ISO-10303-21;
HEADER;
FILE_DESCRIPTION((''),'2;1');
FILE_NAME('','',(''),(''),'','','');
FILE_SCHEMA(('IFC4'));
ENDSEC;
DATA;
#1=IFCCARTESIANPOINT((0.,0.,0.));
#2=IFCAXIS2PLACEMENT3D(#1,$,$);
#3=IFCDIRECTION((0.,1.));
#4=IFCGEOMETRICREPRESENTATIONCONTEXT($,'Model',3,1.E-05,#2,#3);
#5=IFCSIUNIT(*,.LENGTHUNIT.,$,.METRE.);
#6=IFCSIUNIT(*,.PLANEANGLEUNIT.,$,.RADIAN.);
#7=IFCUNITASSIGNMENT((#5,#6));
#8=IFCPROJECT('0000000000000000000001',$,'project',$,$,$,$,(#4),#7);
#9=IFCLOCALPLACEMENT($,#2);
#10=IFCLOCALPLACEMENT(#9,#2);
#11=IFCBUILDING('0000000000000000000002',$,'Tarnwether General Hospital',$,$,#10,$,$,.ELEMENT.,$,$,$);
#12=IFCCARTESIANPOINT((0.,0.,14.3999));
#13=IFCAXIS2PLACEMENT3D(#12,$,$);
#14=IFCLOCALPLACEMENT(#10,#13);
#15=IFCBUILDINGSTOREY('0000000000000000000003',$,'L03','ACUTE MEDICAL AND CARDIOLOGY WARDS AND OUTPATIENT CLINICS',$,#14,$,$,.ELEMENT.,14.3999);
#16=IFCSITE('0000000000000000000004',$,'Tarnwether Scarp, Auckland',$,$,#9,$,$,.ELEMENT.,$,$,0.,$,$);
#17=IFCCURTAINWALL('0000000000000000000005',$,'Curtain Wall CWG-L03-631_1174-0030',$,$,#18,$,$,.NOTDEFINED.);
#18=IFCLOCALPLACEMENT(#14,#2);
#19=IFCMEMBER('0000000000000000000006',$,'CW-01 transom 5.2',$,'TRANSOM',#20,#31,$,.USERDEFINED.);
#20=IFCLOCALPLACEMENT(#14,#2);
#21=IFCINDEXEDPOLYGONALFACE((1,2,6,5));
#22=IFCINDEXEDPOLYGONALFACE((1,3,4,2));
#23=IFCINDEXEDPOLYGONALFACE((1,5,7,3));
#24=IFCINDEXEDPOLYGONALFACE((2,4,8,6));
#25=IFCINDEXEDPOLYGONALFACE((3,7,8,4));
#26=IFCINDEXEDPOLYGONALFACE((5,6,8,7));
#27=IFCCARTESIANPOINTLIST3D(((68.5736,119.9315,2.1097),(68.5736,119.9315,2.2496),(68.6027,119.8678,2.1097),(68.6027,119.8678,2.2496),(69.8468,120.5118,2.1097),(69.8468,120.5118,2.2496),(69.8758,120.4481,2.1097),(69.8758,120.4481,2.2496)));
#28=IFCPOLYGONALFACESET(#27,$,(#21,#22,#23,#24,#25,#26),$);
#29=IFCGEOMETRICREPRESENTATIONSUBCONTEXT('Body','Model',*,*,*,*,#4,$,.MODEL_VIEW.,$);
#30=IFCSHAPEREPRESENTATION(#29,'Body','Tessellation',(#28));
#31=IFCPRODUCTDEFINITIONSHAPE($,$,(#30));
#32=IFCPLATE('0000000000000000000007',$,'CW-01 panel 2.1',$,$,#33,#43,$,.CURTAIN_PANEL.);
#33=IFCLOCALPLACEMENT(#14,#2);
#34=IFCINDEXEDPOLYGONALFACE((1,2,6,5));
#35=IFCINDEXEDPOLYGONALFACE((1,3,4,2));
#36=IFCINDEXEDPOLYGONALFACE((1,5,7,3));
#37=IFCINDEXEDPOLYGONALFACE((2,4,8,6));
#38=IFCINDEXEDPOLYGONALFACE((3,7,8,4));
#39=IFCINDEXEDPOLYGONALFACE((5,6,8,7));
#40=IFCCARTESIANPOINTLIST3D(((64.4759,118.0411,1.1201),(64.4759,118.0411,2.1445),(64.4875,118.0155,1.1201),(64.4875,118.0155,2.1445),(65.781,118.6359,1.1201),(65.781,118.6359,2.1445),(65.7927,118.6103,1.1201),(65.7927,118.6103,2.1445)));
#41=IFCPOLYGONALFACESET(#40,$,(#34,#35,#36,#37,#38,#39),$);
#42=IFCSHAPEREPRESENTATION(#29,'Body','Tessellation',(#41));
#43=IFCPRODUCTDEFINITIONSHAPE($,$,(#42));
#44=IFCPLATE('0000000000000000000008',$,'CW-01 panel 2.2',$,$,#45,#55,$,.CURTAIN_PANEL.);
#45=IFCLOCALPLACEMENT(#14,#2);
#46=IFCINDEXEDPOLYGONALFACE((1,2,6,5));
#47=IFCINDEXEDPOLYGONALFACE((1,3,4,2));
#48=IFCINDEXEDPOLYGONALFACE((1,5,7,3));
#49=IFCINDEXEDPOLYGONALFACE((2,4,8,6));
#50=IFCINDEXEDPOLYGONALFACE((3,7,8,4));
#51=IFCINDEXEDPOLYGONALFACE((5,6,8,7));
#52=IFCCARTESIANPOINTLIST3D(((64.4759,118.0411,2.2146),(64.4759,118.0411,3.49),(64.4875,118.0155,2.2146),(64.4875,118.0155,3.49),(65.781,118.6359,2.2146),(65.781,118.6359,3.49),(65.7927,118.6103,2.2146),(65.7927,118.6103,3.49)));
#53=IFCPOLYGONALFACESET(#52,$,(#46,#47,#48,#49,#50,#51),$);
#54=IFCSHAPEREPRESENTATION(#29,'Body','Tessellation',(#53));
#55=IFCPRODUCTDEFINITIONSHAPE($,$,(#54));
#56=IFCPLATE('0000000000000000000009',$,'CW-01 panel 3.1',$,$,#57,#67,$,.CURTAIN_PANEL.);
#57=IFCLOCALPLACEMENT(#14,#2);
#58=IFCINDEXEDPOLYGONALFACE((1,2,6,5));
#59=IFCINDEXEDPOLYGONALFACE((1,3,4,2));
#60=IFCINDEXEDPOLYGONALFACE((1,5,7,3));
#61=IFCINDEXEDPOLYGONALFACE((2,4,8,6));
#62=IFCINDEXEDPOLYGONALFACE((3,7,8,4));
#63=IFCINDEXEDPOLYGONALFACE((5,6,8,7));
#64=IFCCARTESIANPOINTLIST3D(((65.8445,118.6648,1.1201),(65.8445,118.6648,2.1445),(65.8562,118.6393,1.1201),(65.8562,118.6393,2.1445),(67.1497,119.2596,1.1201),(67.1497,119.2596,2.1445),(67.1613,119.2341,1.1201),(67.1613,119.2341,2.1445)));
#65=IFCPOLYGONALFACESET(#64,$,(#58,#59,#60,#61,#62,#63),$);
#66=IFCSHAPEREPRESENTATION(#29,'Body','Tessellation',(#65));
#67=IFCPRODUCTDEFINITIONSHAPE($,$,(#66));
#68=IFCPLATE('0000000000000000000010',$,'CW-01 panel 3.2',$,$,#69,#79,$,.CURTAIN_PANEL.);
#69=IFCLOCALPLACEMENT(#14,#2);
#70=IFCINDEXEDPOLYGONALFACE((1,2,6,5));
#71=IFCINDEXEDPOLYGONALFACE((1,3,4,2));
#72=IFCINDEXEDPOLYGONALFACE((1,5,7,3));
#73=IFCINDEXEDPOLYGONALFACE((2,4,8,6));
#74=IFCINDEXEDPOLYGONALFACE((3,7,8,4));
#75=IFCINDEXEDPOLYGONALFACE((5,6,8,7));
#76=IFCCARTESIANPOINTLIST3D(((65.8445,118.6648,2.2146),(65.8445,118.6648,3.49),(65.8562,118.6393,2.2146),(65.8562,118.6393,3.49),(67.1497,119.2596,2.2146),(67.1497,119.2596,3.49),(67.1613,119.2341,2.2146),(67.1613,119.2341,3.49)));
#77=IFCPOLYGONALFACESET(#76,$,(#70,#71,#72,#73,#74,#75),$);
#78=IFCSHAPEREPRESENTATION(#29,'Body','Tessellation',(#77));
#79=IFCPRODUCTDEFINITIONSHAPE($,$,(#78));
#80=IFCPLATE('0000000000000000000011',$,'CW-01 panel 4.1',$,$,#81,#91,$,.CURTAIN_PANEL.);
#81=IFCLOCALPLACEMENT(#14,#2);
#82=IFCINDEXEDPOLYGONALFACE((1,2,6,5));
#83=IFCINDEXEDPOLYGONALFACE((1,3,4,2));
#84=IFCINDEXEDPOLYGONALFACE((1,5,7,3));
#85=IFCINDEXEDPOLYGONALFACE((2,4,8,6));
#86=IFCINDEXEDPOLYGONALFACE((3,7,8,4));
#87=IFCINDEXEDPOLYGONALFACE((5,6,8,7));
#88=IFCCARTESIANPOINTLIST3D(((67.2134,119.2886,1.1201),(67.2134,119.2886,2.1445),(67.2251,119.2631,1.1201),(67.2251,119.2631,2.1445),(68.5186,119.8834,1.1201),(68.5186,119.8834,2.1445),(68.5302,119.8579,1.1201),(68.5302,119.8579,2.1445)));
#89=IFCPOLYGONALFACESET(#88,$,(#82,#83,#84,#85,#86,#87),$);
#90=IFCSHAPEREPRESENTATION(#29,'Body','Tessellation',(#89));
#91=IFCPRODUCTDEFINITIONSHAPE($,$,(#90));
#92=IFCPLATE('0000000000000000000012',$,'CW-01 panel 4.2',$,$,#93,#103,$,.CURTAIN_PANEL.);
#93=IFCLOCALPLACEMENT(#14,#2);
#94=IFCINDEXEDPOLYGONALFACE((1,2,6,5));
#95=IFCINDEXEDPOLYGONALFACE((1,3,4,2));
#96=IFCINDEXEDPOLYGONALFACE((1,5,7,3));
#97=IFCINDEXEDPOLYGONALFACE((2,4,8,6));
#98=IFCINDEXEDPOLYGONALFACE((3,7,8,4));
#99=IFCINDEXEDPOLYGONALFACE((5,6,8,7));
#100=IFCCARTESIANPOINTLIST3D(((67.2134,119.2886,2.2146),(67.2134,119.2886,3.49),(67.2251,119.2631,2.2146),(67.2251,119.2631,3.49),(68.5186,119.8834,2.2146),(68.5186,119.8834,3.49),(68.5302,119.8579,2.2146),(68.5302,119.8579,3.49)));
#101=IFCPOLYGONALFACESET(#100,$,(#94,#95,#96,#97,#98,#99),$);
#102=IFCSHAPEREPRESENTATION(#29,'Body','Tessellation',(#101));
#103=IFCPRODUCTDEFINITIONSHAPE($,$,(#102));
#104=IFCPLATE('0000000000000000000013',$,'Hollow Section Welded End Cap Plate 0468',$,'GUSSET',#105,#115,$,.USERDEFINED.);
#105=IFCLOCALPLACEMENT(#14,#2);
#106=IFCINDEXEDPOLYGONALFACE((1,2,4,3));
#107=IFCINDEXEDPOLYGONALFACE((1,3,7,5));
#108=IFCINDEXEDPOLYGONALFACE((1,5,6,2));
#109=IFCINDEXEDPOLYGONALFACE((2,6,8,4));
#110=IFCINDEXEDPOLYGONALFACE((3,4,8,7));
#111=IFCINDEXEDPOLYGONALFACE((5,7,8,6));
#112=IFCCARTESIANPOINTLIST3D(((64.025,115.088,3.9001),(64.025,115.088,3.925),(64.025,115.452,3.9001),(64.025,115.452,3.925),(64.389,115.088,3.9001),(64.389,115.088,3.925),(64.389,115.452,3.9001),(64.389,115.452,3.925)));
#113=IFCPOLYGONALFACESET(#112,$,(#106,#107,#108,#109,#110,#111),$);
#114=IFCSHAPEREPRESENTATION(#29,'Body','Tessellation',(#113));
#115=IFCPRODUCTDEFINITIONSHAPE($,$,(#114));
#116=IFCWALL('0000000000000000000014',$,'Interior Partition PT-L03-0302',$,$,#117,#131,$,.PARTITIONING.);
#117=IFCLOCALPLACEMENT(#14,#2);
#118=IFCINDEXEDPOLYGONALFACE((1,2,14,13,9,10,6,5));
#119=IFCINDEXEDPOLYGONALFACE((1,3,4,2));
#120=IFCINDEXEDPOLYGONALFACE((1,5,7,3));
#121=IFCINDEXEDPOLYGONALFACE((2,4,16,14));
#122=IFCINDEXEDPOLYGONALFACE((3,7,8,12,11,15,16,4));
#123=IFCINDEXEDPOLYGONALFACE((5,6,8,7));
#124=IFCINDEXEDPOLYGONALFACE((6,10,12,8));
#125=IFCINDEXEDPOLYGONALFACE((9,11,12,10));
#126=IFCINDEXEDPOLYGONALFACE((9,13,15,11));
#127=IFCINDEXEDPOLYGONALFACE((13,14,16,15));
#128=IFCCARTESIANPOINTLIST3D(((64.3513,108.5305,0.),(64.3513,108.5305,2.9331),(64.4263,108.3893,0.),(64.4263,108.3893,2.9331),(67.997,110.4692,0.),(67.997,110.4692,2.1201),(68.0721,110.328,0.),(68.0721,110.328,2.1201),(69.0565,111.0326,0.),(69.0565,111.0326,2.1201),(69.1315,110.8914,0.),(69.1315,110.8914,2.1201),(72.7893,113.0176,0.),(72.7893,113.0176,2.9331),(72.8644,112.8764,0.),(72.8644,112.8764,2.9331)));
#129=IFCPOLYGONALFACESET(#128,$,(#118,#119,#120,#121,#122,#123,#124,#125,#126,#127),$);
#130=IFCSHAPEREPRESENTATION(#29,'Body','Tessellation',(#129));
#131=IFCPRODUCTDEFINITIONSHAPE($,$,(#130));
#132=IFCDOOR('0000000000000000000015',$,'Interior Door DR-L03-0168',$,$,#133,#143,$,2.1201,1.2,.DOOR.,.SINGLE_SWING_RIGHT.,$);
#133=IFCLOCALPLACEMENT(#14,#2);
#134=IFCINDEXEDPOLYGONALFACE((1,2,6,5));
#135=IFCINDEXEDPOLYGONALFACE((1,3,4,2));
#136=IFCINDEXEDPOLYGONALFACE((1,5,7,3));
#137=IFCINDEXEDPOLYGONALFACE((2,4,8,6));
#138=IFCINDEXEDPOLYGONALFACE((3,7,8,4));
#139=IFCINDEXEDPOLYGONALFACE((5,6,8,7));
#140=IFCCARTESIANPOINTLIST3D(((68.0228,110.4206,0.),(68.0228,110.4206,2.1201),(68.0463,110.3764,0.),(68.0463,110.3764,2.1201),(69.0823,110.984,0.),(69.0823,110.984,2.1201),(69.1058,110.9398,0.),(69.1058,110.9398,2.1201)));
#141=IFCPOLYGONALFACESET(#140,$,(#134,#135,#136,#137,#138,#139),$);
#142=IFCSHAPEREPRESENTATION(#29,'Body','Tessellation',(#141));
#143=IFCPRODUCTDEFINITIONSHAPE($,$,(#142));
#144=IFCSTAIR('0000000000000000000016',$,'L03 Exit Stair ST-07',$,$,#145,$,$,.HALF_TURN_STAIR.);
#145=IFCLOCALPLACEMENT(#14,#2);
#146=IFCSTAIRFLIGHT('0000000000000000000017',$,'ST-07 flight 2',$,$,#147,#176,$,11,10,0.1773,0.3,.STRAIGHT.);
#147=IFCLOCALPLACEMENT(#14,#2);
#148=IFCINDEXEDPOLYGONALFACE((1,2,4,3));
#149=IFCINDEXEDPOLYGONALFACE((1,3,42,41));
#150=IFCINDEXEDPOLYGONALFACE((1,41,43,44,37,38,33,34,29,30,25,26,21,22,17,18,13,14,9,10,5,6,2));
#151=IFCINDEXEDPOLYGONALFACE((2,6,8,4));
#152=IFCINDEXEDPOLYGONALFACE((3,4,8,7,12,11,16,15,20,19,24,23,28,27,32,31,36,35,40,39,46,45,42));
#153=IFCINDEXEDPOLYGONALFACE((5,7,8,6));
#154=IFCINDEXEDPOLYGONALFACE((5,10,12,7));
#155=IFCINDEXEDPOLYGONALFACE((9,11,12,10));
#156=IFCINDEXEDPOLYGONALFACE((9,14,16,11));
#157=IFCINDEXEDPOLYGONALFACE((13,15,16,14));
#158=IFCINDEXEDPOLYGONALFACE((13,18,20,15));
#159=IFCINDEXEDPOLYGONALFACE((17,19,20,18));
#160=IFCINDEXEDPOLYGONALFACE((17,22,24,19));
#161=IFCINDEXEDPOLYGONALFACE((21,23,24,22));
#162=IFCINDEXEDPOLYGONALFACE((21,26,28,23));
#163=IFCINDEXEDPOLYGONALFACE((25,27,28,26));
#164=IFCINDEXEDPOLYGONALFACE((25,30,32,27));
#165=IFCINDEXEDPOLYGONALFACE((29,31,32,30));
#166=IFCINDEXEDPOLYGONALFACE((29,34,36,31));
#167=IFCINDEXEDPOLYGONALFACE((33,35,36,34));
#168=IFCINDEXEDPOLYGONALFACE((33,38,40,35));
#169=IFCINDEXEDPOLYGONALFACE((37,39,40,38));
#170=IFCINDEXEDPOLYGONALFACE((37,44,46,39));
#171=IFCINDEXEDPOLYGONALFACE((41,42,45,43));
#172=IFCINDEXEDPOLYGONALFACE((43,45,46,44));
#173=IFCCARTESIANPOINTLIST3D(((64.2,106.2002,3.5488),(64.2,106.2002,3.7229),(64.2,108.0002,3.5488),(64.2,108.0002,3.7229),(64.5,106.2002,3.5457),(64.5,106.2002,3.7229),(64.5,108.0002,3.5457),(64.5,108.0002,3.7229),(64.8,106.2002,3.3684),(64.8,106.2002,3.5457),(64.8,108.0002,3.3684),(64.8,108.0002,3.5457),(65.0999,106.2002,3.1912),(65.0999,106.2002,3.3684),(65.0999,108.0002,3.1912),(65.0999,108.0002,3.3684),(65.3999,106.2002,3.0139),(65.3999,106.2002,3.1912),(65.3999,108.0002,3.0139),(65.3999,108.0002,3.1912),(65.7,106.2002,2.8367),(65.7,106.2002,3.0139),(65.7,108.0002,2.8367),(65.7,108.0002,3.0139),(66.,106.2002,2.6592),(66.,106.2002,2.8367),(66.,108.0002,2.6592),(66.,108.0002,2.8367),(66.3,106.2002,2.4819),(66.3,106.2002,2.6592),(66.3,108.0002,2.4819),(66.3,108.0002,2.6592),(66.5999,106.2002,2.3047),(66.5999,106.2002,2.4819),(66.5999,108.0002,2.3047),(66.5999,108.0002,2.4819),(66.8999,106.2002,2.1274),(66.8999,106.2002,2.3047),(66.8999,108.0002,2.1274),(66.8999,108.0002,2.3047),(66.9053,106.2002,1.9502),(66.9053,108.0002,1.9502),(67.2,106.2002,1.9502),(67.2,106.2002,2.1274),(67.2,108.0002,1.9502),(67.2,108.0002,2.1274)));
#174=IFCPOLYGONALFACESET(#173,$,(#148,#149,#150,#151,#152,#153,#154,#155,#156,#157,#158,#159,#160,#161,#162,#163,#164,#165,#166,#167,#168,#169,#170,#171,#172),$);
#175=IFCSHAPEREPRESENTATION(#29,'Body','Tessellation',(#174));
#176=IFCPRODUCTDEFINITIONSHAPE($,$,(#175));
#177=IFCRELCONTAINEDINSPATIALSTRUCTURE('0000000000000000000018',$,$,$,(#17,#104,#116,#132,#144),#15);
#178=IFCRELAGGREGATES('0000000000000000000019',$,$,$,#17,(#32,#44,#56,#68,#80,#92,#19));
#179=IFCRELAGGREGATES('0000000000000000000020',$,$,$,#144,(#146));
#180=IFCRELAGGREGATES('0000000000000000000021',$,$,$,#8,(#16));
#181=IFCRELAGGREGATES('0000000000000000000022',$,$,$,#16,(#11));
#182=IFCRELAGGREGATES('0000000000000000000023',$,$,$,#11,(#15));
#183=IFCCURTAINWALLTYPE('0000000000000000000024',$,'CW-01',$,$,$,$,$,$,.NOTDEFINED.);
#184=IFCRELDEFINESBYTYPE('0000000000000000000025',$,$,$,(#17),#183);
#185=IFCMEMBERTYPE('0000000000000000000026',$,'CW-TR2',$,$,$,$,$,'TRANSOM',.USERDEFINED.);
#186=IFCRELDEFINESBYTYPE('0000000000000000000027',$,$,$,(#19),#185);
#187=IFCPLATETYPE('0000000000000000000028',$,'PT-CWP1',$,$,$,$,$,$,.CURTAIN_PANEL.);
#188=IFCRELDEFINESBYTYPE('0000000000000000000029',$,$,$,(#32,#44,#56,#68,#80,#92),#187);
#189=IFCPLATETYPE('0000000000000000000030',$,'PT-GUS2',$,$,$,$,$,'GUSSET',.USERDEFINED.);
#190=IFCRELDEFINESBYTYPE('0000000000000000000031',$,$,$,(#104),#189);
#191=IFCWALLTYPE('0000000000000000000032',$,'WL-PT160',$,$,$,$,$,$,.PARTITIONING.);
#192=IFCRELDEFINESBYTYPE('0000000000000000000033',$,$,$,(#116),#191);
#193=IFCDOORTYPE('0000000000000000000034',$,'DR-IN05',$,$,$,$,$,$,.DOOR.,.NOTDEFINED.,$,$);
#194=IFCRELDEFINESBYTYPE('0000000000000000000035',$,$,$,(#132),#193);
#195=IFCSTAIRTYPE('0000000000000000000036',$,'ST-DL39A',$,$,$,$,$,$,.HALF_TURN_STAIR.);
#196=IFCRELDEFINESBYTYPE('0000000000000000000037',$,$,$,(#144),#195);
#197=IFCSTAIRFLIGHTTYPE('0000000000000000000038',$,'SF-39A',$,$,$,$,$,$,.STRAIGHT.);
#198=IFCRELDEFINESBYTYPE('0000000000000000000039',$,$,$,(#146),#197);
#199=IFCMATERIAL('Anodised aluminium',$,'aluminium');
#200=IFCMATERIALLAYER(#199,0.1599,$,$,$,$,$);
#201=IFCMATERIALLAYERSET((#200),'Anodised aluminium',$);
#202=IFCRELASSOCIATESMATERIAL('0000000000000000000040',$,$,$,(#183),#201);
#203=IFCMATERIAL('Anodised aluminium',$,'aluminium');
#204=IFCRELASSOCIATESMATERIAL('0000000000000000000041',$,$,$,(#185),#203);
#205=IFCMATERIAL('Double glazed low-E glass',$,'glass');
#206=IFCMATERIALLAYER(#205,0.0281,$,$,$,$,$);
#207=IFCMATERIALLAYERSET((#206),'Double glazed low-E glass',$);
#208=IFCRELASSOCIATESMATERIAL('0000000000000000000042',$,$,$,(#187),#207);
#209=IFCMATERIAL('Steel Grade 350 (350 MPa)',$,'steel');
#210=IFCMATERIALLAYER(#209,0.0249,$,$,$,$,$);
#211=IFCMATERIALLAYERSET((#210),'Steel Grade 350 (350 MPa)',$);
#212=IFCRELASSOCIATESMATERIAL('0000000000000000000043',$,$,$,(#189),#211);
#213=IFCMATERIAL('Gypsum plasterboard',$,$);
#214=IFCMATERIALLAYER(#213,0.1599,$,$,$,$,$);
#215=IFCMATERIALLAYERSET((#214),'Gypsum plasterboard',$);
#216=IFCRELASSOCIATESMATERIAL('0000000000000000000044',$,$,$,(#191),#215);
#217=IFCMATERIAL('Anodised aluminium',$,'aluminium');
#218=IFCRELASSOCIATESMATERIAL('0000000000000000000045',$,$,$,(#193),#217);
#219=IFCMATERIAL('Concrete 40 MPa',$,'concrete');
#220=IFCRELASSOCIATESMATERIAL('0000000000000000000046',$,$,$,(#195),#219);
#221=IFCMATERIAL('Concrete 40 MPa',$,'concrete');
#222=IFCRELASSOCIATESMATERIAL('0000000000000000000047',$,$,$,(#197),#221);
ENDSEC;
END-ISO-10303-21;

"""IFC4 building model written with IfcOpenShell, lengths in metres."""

from ifc_helpers import new_model, si_unit, direction, frame, frame_2d, origin, origin_2d, place, context, subcontext, project, spatial, polyline, rectangle, outline, extrude, material, layer, layer_set, material_profile, profile_set, type_object, element, fill, aggregate, save


model = new_model("IFC4")

# Units and contexts
model_context = context("Model", 3, precision=1e-05, world=origin(), true_north=direction((0.0, 1.0)))
body_context = subcontext(model_context, "Body", "Model", "MODEL_VIEW")
ifc_project = project(units=[si_unit("LENGTHUNIT", "METRE"), si_unit("PLANEANGLEUNIT", "RADIAN")], contexts=[model_context])

# Site, building, storey
site_placement = place(None, origin())
site = spatial("IfcSite", under=ifc_project, at=site_placement, Name="Tarnwether Scarp, Auckland", CompositionType="ELEMENT", RefElevation=0.0)
building_placement = place(site_placement, origin())
building = spatial("IfcBuilding", under=site, at=building_placement, Name="Tarnwether General Hospital", CompositionType="ELEMENT")
storey_placement = place(building_placement, frame((0.0, 0.0, 14.3999)))
storey = spatial("IfcBuildingStorey", under=building, at=storey_placement, Name="L03", Description="ACUTE MEDICAL AND CARDIOLOGY WARDS AND OUTPATIENT CLINICS", CompositionType="ELEMENT", Elevation=14.3999)

# Curtain wall, member, plates
ifc_material_1 = material(Name="Anodised aluminium", Category="aluminium")
ifc_layer_1 = layer(ifc_material_1, 0.1599)
ifc_layer_set_1 = layer_set([ifc_layer_1], Name="Anodised aluminium")
curtain_wall_type = type_object("IfcCurtainWallType", Name="CW-01", PredefinedType="NOTDEFINED", material=ifc_layer_set_1)
curtain_wall_placement = place(storey_placement, origin())
curtain_wall = element("IfcCurtainWall", 1, at=curtain_wall_placement, inside=storey, type_object=curtain_wall_type, Name="Curtain Wall CWG-L03-631_1174-0030", PredefinedType="NOTDEFINED")
ifc_material_2 = material(Name="Anodised aluminium", Category="aluminium")
ifc_material_profile_1 = material_profile(ifc_material_2, rectangle(XDim=0.0701, YDim=0.1399, at=origin_2d()), Name="ALU-TRN-70x140")
ifc_profile_set_1 = profile_set([ifc_material_profile_1], Name="Anodised aluminium")
member_type_1 = type_object("IfcMemberType", Name="CW-TR2", ElementType="TRANSOM", PredefinedType="USERDEFINED", material=ifc_profile_set_1)
member_1_placement = place(storey_placement, frame((68.5881, 119.8997, 2.1797), z_axis=(0.909936, 0.414749, 0.0), x_axis=(-0.414749, 0.909936, 0.0)))
member_1 = element("IfcMember", 2, at=member_1_placement, type_object=member_type_1, Name="CW-01 transom 5.2", ObjectType="TRANSOM", PredefinedType="USERDEFINED", context=body_context, shape_type="SweptSolid", body=[
    extrude(rectangle(XDim=0.0701, YDim=0.1399, at=origin_2d()), origin(), (0.0, 0.0, 1.0), 1.3992),
])
ifc_material_3 = material(Name="Double glazed low-E glass", Category="glass")
ifc_layer_2 = layer(ifc_material_3, 0.0281)
ifc_layer_set_2 = layer_set([ifc_layer_2], Name="Double glazed low-E glass")
plate_type_1 = type_object("IfcPlateType", Name="PT-CWP1", PredefinedType="CURTAIN_PANEL", material=ifc_layer_set_2)
plate_1_placement = place(storey_placement, frame((65.1343, 118.3257, 1.1201), z_axis=(0.0, 0.0, 1.0), x_axis=(0.909961, 0.414694, 0.0)))
plate_1 = element("IfcPlate", 3, at=plate_1_placement, type_object=plate_type_1, Name="CW-01 panel 2.1", PredefinedType="CURTAIN_PANEL", context=body_context, shape_type="SweptSolid", body=[
    extrude(rectangle(XDim=1.4343, YDim=0.0281, at=origin_2d()), origin(), (0.0, 0.0, 1.0), 1.0244),
])
plate_2_placement = place(storey_placement, frame((65.1343, 118.3257, 2.2146), z_axis=(0.0, 0.0, 1.0), x_axis=(0.909961, 0.414694, 0.0)))
plate_2 = element("IfcPlate", 4, at=plate_2_placement, type_object=plate_type_1, Name="CW-01 panel 2.2", PredefinedType="CURTAIN_PANEL", context=body_context, shape_type="SweptSolid", body=[
    extrude(rectangle(XDim=1.4343, YDim=0.0281, at=origin_2d()), origin(), (0.0, 0.0, 1.0), 1.2754),
])
plate_3_placement = place(storey_placement, frame((66.5029, 118.9495, 1.1201), z_axis=(0.0, 0.0, 1.0), x_axis=(0.909961, 0.414694, 0.0)))
plate_3 = element("IfcPlate", 5, at=plate_3_placement, type_object=plate_type_1, Name="CW-01 panel 3.1", PredefinedType="CURTAIN_PANEL", context=body_context, shape_type="SweptSolid", body=[
    extrude(rectangle(XDim=1.4343, YDim=0.0281, at=origin_2d()), origin(), (0.0, 0.0, 1.0), 1.0244),
])
plate_4_placement = place(storey_placement, frame((66.5029, 118.9495, 2.2146), z_axis=(0.0, 0.0, 1.0), x_axis=(0.909961, 0.414694, 0.0)))
plate_4 = element("IfcPlate", 6, at=plate_4_placement, type_object=plate_type_1, Name="CW-01 panel 3.2", PredefinedType="CURTAIN_PANEL", context=body_context, shape_type="SweptSolid", body=[
    extrude(rectangle(XDim=1.4343, YDim=0.0281, at=origin_2d()), origin(), (0.0, 0.0, 1.0), 1.2754),
])
plate_5_placement = place(storey_placement, frame((67.8718, 119.5732, 1.1201), z_axis=(0.0, 0.0, 1.0), x_axis=(0.909961, 0.414694, 0.0)))
plate_5 = element("IfcPlate", 7, at=plate_5_placement, type_object=plate_type_1, Name="CW-01 panel 4.1", PredefinedType="CURTAIN_PANEL", context=body_context, shape_type="SweptSolid", body=[
    extrude(rectangle(XDim=1.4343, YDim=0.0281, at=origin_2d()), origin(), (0.0, 0.0, 1.0), 1.0244),
])
plate_6_placement = place(storey_placement, frame((67.8718, 119.5732, 2.2146), z_axis=(0.0, 0.0, 1.0), x_axis=(0.909961, 0.414694, 0.0)))
plate_6 = element("IfcPlate", 8, at=plate_6_placement, type_object=plate_type_1, Name="CW-01 panel 4.2", PredefinedType="CURTAIN_PANEL", context=body_context, shape_type="SweptSolid", body=[
    extrude(rectangle(XDim=1.4343, YDim=0.0281, at=origin_2d()), origin(), (0.0, 0.0, 1.0), 1.2754),
])
aggregate(curtain_wall, [plate_1, plate_2, plate_3, plate_4, plate_5, plate_6, member_1])

# Plate
ifc_material_4 = material(Name="Steel Grade 350 (350 MPa)", Category="steel")
ifc_layer_3 = layer(ifc_material_4, 0.0249)
ifc_layer_set_3 = layer_set([ifc_layer_3], Name="Steel Grade 350 (350 MPa)")
plate_type_2 = type_object("IfcPlateType", Name="PT-GUS2", ElementType="GUSSET", PredefinedType="USERDEFINED", material=ifc_layer_set_3)
plate_7_placement = place(storey_placement, frame((64.207, 115.27, 3.9001), z_axis=(0.0, 0.0, 1.0), x_axis=(1.0, 0.0, 0.0)))
element("IfcPlate", 9, at=plate_7_placement, inside=storey, type_object=plate_type_2, Name="Hollow Section Welded End Cap Plate 0468", ObjectType="GUSSET", PredefinedType="USERDEFINED", context=body_context, shape_type="SweptSolid", body=[
    extrude(rectangle(XDim=0.364, YDim=0.364, at=origin_2d()), origin(), (0.0, 0.0, 1.0), 0.0249),
])

# Wall, opening, door
ifc_material_5 = material(Name="Gypsum plasterboard")
ifc_layer_4 = layer(ifc_material_5, 0.1599)
ifc_layer_set_4 = layer_set([ifc_layer_4], Name="Gypsum plasterboard")
wall_type = type_object("IfcWallType", Name="WL-PT160", PredefinedType="PARTITIONING", material=ifc_layer_set_4)
wall_placement = place(storey_placement, frame((64.3889, 108.46, 0.0), z_axis=(0.0, 0.0, 1.0), x_axis=(0.882926, 0.469513, 0.0)))
wall = element("IfcWall", 10, at=wall_placement, inside=storey, type_object=wall_type, Name="Interior Partition PT-L03-0302", PredefinedType="PARTITIONING", context=body_context, shape_type="SweptSolid", body=[
    extrude(rectangle(XDim=9.5569, YDim=0.1599, at=frame_2d((4.7783, 0.0))), origin(), (0.0, 0.0, 1.0), 2.9331),
])
opening_placement = place(wall_placement, frame((4.1289, 0.0, 0.0)))
opening = element("IfcOpeningElement", 11, at=opening_placement, cuts=wall, PredefinedType="OPENING", context=body_context, shape_type="SweptSolid", body=[
    extrude(rectangle(XDim=1.2, YDim=2.1201, at=frame_2d((0.6001, 1.0601))), frame((0.0, 0.0898, 0.0), z_axis=(0.0, -1.0, 0.0), x_axis=(1.0, 0.0, 0.0)), (0.0, 0.0, 1.0), 0.1799),
])
ifc_material_6 = material(Name="Anodised aluminium", Category="aluminium")
door_type = type_object("IfcDoorType", Name="DR-IN05", OperationType="NOTDEFINED", PredefinedType="DOOR", material=ifc_material_6)
door_placement = place(opening_placement, origin())
door = element("IfcDoor", 12, at=door_placement, inside=storey, type_object=door_type, Name="Interior Door DR-L03-0168", OperationType="SINGLE_SWING_RIGHT", OverallHeight=2.1201, OverallWidth=1.2, PredefinedType="DOOR", context=body_context, shape_type="SweptSolid", body=[
    extrude(rectangle(XDim=1.2, YDim=2.1201, at=frame_2d((0.6001, 1.0601))), frame((0.0, 0.0249, 0.0), z_axis=(0.0, -1.0, 0.0), x_axis=(1.0, 0.0, 0.0)), (0.0, 0.0, 1.0), 0.05),
])
fill(opening, door)

# Stair, stair flight
ifc_material_7 = material(Name="Concrete 40 MPa", Category="concrete")
stair_type = type_object("IfcStairType", Name="ST-DL39A", PredefinedType="HALF_TURN_STAIR", material=ifc_material_7)
stair_placement = place(storey_placement, origin())
stair = element("IfcStair", 13, at=stair_placement, inside=storey, type_object=stair_type, Name="L03 Exit Stair ST-07", PredefinedType="HALF_TURN_STAIR")
ifc_material_8 = material(Name="Concrete 40 MPa", Category="concrete")
stair_flight_type = type_object("IfcStairFlightType", Name="SF-39A", PredefinedType="STRAIGHT", material=ifc_material_8)
stair_flight_placement = place(storey_placement, frame((67.2, 107.1001, 1.9502), z_axis=(0.0, 0.0, 1.0), x_axis=(-1.0, 0.0, 0.0)))
stair_flight = element("IfcStairFlight", 14, at=stair_flight_placement, type_object=stair_flight_type, Name="ST-07 flight 2", NumberOfRisers=11, NumberOfTreads=10, PredefinedType="STRAIGHT", RiserHeight=0.1773, TreadLength=0.3, context=body_context, shape_type="SweptSolid", body=[
    extrude(outline(polyline([(0.0, 0.0), (0.0, 0.1772), (0.3, 0.1772), (0.3, 0.3545), (0.6001, 0.3545), (0.6001, 0.5317), (0.8999, 0.5317), (0.8999, 0.709), (1.2, 0.709), (1.2, 0.8865), (1.5, 0.8865), (1.5, 1.0637), (1.8, 1.0637), (1.8, 1.241), (2.1001, 1.241), (2.1001, 1.4182), (2.3999, 1.4182), (2.3999, 1.5955), (2.7, 1.5955), (2.7, 1.7727), (3.0, 1.7727), (3.0, 1.95), (3.0, 1.5986), (0.2947, 0.0), (0.0, 0.0)])), frame((0.0, 0.8999, 0.0), z_axis=(0.0, -1.0, 0.0), x_axis=(1.0, 0.0, 0.0)), (0.0, 0.0, 1.0), 1.8),
])
aggregate(stair, [stair_flight])

save(model, "model.ifc")
